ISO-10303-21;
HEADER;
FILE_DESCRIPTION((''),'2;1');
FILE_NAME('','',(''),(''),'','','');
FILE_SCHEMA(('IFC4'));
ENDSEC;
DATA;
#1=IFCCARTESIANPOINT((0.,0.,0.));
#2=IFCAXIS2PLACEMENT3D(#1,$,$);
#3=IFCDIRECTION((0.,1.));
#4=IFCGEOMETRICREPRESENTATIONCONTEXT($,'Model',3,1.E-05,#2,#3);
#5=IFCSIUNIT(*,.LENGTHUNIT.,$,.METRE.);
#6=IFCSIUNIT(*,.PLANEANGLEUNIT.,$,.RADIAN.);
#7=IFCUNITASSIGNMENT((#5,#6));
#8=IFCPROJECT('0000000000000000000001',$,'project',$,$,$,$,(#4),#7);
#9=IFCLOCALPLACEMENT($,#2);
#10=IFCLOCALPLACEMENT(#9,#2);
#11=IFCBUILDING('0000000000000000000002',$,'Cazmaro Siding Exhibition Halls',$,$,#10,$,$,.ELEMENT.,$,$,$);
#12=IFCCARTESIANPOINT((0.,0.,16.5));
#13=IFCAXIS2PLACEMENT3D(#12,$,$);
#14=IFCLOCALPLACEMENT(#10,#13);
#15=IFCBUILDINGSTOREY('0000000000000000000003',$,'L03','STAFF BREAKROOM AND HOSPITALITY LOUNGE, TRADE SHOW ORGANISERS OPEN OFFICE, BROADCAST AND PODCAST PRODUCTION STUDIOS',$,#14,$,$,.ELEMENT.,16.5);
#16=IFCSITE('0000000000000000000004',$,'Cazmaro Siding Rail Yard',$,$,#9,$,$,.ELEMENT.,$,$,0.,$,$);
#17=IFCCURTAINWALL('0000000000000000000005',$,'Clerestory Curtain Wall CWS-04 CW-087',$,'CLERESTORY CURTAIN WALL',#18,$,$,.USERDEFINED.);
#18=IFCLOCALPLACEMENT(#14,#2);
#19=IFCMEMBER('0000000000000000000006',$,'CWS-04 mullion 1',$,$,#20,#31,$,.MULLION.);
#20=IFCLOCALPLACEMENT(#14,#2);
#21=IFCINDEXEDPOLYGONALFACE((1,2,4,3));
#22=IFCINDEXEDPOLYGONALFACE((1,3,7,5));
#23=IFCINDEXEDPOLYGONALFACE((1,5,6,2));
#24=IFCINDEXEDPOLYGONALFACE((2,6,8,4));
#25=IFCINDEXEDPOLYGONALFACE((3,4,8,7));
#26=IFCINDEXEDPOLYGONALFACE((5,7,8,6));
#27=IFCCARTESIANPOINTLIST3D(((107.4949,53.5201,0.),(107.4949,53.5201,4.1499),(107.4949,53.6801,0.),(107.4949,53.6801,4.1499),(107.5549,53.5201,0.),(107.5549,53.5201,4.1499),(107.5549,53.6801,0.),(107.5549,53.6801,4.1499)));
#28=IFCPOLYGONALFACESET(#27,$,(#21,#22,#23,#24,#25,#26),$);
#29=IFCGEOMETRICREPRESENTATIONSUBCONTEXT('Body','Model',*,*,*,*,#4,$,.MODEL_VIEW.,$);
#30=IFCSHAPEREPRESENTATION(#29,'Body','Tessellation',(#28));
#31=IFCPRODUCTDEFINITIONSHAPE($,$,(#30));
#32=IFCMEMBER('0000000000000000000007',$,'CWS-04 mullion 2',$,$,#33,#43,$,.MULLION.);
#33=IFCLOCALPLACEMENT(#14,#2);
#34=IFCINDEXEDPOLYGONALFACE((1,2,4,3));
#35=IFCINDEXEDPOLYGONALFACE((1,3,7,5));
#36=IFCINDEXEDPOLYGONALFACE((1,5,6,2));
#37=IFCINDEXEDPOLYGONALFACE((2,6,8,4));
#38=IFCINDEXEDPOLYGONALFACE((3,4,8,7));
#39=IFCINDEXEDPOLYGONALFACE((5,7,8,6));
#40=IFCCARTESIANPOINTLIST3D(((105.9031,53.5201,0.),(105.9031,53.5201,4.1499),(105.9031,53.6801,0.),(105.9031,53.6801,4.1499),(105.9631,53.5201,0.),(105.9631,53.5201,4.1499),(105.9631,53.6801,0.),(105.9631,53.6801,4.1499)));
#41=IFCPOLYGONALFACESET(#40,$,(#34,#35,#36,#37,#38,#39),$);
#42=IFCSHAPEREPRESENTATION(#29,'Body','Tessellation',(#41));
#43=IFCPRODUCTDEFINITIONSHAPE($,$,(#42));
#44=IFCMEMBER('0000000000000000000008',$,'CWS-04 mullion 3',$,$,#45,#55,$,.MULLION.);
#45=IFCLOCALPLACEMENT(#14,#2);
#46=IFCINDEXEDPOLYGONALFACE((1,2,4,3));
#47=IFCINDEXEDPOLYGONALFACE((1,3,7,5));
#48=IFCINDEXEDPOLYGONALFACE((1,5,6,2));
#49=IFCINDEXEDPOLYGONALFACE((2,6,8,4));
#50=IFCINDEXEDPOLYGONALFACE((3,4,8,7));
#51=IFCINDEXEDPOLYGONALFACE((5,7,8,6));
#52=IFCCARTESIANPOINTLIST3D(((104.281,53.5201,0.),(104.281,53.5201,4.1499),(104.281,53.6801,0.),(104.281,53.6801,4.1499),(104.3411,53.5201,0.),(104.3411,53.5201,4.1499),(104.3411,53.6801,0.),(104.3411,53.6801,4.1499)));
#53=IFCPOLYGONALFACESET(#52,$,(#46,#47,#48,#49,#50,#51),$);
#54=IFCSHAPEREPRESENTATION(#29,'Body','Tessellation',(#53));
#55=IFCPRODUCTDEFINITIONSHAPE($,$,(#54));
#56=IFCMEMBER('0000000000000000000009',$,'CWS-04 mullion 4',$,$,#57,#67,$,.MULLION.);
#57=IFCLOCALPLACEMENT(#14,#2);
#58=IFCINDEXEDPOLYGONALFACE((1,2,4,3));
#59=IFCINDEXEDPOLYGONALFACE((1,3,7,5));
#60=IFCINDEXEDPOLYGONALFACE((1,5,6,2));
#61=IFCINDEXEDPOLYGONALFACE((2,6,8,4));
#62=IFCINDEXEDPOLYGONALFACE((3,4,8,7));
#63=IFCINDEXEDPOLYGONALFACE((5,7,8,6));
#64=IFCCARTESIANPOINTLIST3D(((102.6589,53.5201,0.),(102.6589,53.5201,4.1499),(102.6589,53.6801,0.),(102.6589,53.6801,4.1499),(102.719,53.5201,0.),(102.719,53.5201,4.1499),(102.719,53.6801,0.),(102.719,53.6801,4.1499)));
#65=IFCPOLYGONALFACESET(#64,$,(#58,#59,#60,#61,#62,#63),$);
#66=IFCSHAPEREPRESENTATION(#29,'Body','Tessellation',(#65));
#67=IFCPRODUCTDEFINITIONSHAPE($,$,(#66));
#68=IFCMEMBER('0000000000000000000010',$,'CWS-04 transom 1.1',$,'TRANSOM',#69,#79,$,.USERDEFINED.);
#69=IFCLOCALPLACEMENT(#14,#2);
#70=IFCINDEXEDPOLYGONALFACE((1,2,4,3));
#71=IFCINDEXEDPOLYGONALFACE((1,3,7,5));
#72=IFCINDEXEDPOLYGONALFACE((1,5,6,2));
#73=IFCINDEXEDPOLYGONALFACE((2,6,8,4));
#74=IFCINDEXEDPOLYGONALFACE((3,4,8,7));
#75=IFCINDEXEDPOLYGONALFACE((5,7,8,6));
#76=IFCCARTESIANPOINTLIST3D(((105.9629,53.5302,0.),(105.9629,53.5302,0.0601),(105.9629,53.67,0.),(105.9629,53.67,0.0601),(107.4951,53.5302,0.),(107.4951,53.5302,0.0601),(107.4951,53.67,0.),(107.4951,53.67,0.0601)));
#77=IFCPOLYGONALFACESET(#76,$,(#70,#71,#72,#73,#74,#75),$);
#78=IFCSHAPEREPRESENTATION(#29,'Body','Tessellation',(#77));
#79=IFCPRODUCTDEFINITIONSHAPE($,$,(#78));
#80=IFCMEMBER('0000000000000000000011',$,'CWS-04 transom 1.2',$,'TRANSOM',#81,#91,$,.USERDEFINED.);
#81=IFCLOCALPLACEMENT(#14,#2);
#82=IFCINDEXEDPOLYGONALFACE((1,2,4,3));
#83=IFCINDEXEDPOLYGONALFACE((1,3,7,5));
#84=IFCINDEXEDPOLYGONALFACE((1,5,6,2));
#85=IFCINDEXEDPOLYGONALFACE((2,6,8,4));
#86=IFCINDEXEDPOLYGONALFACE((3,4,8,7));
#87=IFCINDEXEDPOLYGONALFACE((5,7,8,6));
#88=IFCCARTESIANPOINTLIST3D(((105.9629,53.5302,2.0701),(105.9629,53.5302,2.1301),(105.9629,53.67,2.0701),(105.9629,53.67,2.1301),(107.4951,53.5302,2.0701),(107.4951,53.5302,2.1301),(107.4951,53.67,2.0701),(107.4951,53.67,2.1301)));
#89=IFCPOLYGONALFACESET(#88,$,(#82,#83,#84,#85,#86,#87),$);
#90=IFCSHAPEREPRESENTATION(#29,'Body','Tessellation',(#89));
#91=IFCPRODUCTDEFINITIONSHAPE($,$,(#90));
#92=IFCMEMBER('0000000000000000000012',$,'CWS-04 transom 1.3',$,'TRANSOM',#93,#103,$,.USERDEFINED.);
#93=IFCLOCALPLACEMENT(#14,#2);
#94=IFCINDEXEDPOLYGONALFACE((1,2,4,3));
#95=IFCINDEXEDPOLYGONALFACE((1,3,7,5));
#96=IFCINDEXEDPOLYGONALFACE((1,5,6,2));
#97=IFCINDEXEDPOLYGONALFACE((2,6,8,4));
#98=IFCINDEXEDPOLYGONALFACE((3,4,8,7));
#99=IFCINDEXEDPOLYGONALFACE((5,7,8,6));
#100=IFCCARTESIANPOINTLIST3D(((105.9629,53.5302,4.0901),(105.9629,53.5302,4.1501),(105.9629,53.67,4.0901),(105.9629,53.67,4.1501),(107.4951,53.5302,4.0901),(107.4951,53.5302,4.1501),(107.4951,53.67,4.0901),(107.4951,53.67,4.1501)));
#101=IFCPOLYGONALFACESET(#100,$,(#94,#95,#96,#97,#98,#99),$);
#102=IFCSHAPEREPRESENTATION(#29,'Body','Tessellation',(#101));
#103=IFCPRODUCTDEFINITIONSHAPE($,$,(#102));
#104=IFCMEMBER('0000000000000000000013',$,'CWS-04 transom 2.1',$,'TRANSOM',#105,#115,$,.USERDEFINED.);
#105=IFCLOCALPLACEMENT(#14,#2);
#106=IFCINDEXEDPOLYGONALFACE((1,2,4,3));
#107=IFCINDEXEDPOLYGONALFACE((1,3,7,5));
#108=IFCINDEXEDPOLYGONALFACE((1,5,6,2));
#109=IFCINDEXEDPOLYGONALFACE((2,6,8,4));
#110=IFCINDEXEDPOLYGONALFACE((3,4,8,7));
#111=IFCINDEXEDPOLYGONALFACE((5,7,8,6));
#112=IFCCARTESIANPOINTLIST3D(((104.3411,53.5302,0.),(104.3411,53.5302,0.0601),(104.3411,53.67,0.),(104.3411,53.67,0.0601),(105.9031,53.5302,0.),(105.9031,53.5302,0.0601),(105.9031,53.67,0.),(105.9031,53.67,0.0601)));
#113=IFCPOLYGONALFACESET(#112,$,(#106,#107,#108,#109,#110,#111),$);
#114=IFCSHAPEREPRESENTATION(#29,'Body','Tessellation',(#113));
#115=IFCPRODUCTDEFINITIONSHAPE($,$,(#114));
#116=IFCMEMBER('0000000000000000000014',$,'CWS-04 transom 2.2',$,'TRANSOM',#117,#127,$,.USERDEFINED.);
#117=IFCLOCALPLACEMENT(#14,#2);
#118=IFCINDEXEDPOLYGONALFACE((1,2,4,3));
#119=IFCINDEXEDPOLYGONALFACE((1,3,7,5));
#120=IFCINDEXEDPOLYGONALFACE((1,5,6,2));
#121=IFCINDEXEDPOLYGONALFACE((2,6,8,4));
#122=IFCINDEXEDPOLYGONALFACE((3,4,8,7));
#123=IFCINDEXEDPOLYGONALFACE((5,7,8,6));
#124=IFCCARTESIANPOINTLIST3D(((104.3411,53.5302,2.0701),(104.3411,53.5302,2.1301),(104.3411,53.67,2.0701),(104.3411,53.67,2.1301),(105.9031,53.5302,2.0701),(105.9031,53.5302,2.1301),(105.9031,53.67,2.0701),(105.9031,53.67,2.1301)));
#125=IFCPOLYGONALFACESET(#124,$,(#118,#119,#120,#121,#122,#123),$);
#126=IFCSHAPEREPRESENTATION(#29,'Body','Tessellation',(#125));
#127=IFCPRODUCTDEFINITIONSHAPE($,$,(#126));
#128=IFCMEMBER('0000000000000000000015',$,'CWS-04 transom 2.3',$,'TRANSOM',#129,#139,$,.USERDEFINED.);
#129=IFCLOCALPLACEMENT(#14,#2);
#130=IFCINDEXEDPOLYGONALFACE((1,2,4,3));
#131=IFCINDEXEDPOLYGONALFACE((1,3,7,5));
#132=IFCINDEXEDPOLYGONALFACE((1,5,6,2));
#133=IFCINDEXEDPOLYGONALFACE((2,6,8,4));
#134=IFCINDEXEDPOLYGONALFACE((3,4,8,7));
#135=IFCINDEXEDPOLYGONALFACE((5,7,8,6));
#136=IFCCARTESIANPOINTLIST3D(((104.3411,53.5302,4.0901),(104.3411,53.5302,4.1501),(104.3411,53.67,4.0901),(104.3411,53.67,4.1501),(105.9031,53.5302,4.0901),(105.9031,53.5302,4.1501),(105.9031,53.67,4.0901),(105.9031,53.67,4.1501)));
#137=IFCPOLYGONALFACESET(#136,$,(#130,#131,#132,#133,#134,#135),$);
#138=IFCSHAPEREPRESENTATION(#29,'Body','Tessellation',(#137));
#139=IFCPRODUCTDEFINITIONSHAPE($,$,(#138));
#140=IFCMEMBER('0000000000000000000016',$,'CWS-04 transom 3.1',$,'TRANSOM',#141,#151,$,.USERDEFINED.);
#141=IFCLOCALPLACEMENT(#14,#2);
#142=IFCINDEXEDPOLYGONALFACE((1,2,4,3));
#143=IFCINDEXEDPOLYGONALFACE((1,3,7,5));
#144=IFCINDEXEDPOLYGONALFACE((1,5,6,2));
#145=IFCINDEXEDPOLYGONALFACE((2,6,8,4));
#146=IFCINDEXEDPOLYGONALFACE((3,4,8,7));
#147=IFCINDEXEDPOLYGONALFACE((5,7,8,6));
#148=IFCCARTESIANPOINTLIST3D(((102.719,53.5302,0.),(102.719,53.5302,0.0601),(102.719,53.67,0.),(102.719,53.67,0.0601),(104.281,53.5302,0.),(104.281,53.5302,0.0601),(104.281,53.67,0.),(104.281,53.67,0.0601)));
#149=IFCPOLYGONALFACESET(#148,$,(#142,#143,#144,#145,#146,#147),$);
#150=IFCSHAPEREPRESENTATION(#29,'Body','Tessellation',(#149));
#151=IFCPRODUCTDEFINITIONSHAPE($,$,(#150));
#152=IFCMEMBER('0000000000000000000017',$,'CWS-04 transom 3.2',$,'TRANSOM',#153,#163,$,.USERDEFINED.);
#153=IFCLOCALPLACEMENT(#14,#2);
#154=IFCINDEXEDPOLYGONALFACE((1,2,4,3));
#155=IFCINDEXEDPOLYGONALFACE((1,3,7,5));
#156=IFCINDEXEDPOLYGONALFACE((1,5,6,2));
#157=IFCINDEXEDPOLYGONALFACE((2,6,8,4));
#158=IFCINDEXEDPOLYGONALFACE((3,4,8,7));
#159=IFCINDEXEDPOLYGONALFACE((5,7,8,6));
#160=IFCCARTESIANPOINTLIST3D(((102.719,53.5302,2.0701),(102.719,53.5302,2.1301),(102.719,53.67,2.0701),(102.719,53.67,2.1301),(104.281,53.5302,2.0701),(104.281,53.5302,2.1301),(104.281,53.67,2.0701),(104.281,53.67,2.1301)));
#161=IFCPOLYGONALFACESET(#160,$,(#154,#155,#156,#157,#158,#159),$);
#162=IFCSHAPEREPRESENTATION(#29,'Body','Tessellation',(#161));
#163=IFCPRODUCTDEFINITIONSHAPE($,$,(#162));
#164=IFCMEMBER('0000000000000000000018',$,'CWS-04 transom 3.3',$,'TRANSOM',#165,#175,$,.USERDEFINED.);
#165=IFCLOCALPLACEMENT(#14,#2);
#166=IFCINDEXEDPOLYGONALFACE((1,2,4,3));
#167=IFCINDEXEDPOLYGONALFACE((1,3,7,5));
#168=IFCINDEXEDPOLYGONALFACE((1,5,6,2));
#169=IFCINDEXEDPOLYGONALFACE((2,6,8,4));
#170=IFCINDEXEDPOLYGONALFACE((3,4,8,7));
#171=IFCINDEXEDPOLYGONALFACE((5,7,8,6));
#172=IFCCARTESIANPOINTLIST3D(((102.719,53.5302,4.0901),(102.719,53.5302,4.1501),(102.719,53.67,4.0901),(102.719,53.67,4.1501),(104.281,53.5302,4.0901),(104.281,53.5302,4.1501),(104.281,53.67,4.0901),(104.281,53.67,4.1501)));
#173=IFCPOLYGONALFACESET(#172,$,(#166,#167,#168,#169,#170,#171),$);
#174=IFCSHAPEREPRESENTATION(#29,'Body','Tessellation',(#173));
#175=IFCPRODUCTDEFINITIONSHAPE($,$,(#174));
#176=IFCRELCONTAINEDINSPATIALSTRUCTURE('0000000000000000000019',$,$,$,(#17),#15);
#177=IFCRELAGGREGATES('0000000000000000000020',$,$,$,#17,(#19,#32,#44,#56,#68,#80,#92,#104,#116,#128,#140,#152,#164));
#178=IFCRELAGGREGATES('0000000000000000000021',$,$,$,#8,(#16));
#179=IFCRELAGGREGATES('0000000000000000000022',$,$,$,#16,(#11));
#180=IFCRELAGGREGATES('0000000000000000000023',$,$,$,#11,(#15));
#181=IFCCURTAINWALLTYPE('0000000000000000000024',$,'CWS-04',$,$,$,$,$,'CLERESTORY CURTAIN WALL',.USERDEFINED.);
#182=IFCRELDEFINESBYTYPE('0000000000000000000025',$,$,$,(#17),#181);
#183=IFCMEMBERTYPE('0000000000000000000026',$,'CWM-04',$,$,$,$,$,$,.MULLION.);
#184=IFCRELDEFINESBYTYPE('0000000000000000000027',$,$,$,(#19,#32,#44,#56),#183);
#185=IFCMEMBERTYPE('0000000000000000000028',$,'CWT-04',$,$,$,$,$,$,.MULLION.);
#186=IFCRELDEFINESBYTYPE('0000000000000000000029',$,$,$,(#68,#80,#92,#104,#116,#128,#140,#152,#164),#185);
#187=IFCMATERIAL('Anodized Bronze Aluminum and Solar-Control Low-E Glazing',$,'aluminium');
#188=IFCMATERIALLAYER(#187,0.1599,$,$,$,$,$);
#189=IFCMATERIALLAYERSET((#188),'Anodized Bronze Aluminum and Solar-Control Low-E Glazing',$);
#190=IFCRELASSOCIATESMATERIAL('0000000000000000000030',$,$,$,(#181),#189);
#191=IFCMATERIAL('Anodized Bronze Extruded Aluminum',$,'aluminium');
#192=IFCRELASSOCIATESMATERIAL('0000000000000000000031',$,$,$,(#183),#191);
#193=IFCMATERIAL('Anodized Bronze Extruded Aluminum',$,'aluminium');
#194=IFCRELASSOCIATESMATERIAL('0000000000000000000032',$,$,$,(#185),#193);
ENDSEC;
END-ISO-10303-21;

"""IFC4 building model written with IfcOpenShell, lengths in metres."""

from ifc_helpers import new_model, si_unit, direction, frame, origin, origin_2d, place, context, subcontext, project, spatial, rectangle, extrude, material, layer, layer_set, material_profile, profile_set, type_object, element, aggregate, save


model = new_model("IFC4")

# Units and contexts
model_context = context("Model", 3, precision=1e-05, world=origin(), true_north=direction((0.0, 1.0)))
body_context = subcontext(model_context, "Body", "Model", "MODEL_VIEW")
ifc_project = project(units=[si_unit("LENGTHUNIT", "METRE"), si_unit("PLANEANGLEUNIT", "RADIAN")], contexts=[model_context])

# Site, building, storey
site_placement = place(None, origin())
site = spatial("IfcSite", under=ifc_project, at=site_placement, Name="Cazmaro Siding Rail Yard", CompositionType="ELEMENT", RefElevation=0.0)
building_placement = place(site_placement, origin())
building = spatial("IfcBuilding", under=site, at=building_placement, Name="Cazmaro Siding Exhibition Halls", CompositionType="ELEMENT")
storey_placement = place(building_placement, frame((0.0, 0.0, 16.5)))
storey = spatial("IfcBuildingStorey", under=building, at=storey_placement, Name="L03", Description="STAFF BREAKROOM AND HOSPITALITY LOUNGE, TRADE SHOW ORGANISERS OPEN OFFICE, BROADCAST AND PODCAST PRODUCTION STUDIOS", CompositionType="ELEMENT", Elevation=16.5)

# Curtain wall, members
ifc_material_1 = material(Name="Anodized Bronze Aluminum and Solar-Control Low-E Glazing", Category="aluminium")
ifc_layer_1 = layer(ifc_material_1, 0.1599)
ifc_layer_set_1 = layer_set([ifc_layer_1], Name="Anodized Bronze Aluminum and Solar-Control Low-E Glazing")
curtain_wall_type = type_object("IfcCurtainWallType", Name="CWS-04", ElementType="CLERESTORY CURTAIN WALL", PredefinedType="USERDEFINED", material=ifc_layer_set_1)
curtain_wall_placement = place(storey_placement, origin())
curtain_wall = element("IfcCurtainWall", 1, at=curtain_wall_placement, inside=storey, type_object=curtain_wall_type, Name="Clerestory Curtain Wall CWS-04 CW-087", ObjectType="CLERESTORY CURTAIN WALL", PredefinedType="USERDEFINED")
ifc_material_2 = material(Name="Anodized Bronze Extruded Aluminum", Category="aluminium")
ifc_material_profile_1 = material_profile(ifc_material_2, rectangle(XDim=0.1599, YDim=0.0601, at=origin_2d()), Name="CWM-04")
ifc_profile_set_1 = profile_set([ifc_material_profile_1], Name="Anodized Bronze Extruded Aluminum")
member_type_1 = type_object("IfcMemberType", Name="CWM-04", PredefinedType="MULLION", material=ifc_profile_set_1)
member_1_placement = place(storey_placement, frame((107.5249, 53.6001, 0.0), z_axis=(0.0, 0.0, 1.0), x_axis=(0.0, -1.0, 0.0)))
member_1 = element("IfcMember", 2, at=member_1_placement, type_object=member_type_1, Name="CWS-04 mullion 1", PredefinedType="MULLION", context=body_context, shape_type="SweptSolid", body=[
    extrude(rectangle(XDim=0.1599, YDim=0.0601, at=origin_2d()), origin(), (0.0, 0.0, 1.0), 4.1499),
])
member_2_placement = place(storey_placement, frame((105.9331, 53.6001, 0.0), z_axis=(0.0, 0.0, 1.0), x_axis=(0.0, -1.0, 0.0)))
member_2 = element("IfcMember", 3, at=member_2_placement, type_object=member_type_1, Name="CWS-04 mullion 2", PredefinedType="MULLION", context=body_context, shape_type="SweptSolid", body=[
    extrude(rectangle(XDim=0.1599, YDim=0.0601, at=origin_2d()), origin(), (0.0, 0.0, 1.0), 4.1499),
])
member_3_placement = place(storey_placement, frame((104.311, 53.6001, 0.0), z_axis=(0.0, 0.0, 1.0), x_axis=(0.0, -1.0, 0.0)))
member_3 = element("IfcMember", 4, at=member_3_placement, type_object=member_type_1, Name="CWS-04 mullion 3", PredefinedType="MULLION", context=body_context, shape_type="SweptSolid", body=[
    extrude(rectangle(XDim=0.1599, YDim=0.0601, at=origin_2d()), origin(), (0.0, 0.0, 1.0), 4.1499),
])
member_4_placement = place(storey_placement, frame((102.689, 53.6001, 0.0), z_axis=(0.0, 0.0, 1.0), x_axis=(0.0, -1.0, 0.0)))
member_4 = element("IfcMember", 5, at=member_4_placement, type_object=member_type_1, Name="CWS-04 mullion 4", PredefinedType="MULLION", context=body_context, shape_type="SweptSolid", body=[
    extrude(rectangle(XDim=0.1599, YDim=0.0601, at=origin_2d()), origin(), (0.0, 0.0, 1.0), 4.1499),
])
ifc_material_3 = material(Name="Anodized Bronze Extruded Aluminum", Category="aluminium")
ifc_material_profile_2 = material_profile(ifc_material_3, rectangle(XDim=0.1399, YDim=0.0601, at=origin_2d()), Name="CWT-04")
ifc_profile_set_2 = profile_set([ifc_material_profile_2], Name="Anodized Bronze Extruded Aluminum")
member_type_2 = type_object("IfcMemberType", Name="CWT-04", PredefinedType="MULLION", material=ifc_profile_set_2)
member_5_placement = place(storey_placement, frame((107.4951, 53.6001, 0.03), z_axis=(-1.0, 0.0, 0.0), x_axis=(0.0, -1.0, 0.0)))
member_5 = element("IfcMember", 6, at=member_5_placement, type_object=member_type_2, Name="CWS-04 transom 1.1", ObjectType="TRANSOM", PredefinedType="USERDEFINED", context=body_context, shape_type="SweptSolid", body=[
    extrude(rectangle(XDim=0.1399, YDim=0.0601, at=origin_2d()), origin(), (0.0, 0.0, 1.0), 1.5322),
])
member_6_placement = place(storey_placement, frame((107.4951, 53.6001, 2.1001), z_axis=(-1.0, 0.0, 0.0), x_axis=(0.0, -1.0, 0.0)))
member_6 = element("IfcMember", 7, at=member_6_placement, type_object=member_type_2, Name="CWS-04 transom 1.2", ObjectType="TRANSOM", PredefinedType="USERDEFINED", context=body_context, shape_type="SweptSolid", body=[
    extrude(rectangle(XDim=0.1399, YDim=0.0601, at=origin_2d()), origin(), (0.0, 0.0, 1.0), 1.5322),
])
member_7_placement = place(storey_placement, frame((107.4951, 53.6001, 4.1201), z_axis=(-1.0, 0.0, 0.0), x_axis=(0.0, -1.0, 0.0)))
member_7 = element("IfcMember", 8, at=member_7_placement, type_object=member_type_2, Name="CWS-04 transom 1.3", ObjectType="TRANSOM", PredefinedType="USERDEFINED", context=body_context, shape_type="SweptSolid", body=[
    extrude(rectangle(XDim=0.1399, YDim=0.0601, at=origin_2d()), origin(), (0.0, 0.0, 1.0), 1.5322),
])
member_8_placement = place(storey_placement, frame((105.9031, 53.6001, 0.03), z_axis=(-1.0, 0.0, 0.0), x_axis=(0.0, -1.0, 0.0)))
member_8 = element("IfcMember", 9, at=member_8_placement, type_object=member_type_2, Name="CWS-04 transom 2.1", ObjectType="TRANSOM", PredefinedType="USERDEFINED", context=body_context, shape_type="SweptSolid", body=[
    extrude(rectangle(XDim=0.1399, YDim=0.0601, at=origin_2d()), origin(), (0.0, 0.0, 1.0), 1.562),
])
member_9_placement = place(storey_placement, frame((105.9031, 53.6001, 2.1001), z_axis=(-1.0, 0.0, 0.0), x_axis=(0.0, -1.0, 0.0)))
member_9 = element("IfcMember", 10, at=member_9_placement, type_object=member_type_2, Name="CWS-04 transom 2.2", ObjectType="TRANSOM", PredefinedType="USERDEFINED", context=body_context, shape_type="SweptSolid", body=[
    extrude(rectangle(XDim=0.1399, YDim=0.0601, at=origin_2d()), origin(), (0.0, 0.0, 1.0), 1.562),
])
member_10_placement = place(storey_placement, frame((105.9031, 53.6001, 4.1201), z_axis=(-1.0, 0.0, 0.0), x_axis=(0.0, -1.0, 0.0)))
member_10 = element("IfcMember", 11, at=member_10_placement, type_object=member_type_2, Name="CWS-04 transom 2.3", ObjectType="TRANSOM", PredefinedType="USERDEFINED", context=body_context, shape_type="SweptSolid", body=[
    extrude(rectangle(XDim=0.1399, YDim=0.0601, at=origin_2d()), origin(), (0.0, 0.0, 1.0), 1.562),
])
member_11_placement = place(storey_placement, frame((104.281, 53.6001, 0.03), z_axis=(-1.0, 0.0, 0.0), x_axis=(0.0, -1.0, 0.0)))
member_11 = element("IfcMember", 12, at=member_11_placement, type_object=member_type_2, Name="CWS-04 transom 3.1", ObjectType="TRANSOM", PredefinedType="USERDEFINED", context=body_context, shape_type="SweptSolid", body=[
    extrude(rectangle(XDim=0.1399, YDim=0.0601, at=origin_2d()), origin(), (0.0, 0.0, 1.0), 1.562),
])
member_12_placement = place(storey_placement, frame((104.281, 53.6001, 2.1001), z_axis=(-1.0, 0.0, 0.0), x_axis=(0.0, -1.0, 0.0)))
member_12 = element("IfcMember", 13, at=member_12_placement, type_object=member_type_2, Name="CWS-04 transom 3.2", ObjectType="TRANSOM", PredefinedType="USERDEFINED", context=body_context, shape_type="SweptSolid", body=[
    extrude(rectangle(XDim=0.1399, YDim=0.0601, at=origin_2d()), origin(), (0.0, 0.0, 1.0), 1.562),
])
member_13_placement = place(storey_placement, frame((104.281, 53.6001, 4.1201), z_axis=(-1.0, 0.0, 0.0), x_axis=(0.0, -1.0, 0.0)))
member_13 = element("IfcMember", 14, at=member_13_placement, type_object=member_type_2, Name="CWS-04 transom 3.3", ObjectType="TRANSOM", PredefinedType="USERDEFINED", context=body_context, shape_type="SweptSolid", body=[
    extrude(rectangle(XDim=0.1399, YDim=0.0601, at=origin_2d()), origin(), (0.0, 0.0, 1.0), 1.562),
])

aggregate(curtain_wall, [member_1, member_2, member_3, member_4, member_5, member_6, member_7, member_8, member_9, member_10, member_11, member_12, member_13])

save(model, "model.ifc")
